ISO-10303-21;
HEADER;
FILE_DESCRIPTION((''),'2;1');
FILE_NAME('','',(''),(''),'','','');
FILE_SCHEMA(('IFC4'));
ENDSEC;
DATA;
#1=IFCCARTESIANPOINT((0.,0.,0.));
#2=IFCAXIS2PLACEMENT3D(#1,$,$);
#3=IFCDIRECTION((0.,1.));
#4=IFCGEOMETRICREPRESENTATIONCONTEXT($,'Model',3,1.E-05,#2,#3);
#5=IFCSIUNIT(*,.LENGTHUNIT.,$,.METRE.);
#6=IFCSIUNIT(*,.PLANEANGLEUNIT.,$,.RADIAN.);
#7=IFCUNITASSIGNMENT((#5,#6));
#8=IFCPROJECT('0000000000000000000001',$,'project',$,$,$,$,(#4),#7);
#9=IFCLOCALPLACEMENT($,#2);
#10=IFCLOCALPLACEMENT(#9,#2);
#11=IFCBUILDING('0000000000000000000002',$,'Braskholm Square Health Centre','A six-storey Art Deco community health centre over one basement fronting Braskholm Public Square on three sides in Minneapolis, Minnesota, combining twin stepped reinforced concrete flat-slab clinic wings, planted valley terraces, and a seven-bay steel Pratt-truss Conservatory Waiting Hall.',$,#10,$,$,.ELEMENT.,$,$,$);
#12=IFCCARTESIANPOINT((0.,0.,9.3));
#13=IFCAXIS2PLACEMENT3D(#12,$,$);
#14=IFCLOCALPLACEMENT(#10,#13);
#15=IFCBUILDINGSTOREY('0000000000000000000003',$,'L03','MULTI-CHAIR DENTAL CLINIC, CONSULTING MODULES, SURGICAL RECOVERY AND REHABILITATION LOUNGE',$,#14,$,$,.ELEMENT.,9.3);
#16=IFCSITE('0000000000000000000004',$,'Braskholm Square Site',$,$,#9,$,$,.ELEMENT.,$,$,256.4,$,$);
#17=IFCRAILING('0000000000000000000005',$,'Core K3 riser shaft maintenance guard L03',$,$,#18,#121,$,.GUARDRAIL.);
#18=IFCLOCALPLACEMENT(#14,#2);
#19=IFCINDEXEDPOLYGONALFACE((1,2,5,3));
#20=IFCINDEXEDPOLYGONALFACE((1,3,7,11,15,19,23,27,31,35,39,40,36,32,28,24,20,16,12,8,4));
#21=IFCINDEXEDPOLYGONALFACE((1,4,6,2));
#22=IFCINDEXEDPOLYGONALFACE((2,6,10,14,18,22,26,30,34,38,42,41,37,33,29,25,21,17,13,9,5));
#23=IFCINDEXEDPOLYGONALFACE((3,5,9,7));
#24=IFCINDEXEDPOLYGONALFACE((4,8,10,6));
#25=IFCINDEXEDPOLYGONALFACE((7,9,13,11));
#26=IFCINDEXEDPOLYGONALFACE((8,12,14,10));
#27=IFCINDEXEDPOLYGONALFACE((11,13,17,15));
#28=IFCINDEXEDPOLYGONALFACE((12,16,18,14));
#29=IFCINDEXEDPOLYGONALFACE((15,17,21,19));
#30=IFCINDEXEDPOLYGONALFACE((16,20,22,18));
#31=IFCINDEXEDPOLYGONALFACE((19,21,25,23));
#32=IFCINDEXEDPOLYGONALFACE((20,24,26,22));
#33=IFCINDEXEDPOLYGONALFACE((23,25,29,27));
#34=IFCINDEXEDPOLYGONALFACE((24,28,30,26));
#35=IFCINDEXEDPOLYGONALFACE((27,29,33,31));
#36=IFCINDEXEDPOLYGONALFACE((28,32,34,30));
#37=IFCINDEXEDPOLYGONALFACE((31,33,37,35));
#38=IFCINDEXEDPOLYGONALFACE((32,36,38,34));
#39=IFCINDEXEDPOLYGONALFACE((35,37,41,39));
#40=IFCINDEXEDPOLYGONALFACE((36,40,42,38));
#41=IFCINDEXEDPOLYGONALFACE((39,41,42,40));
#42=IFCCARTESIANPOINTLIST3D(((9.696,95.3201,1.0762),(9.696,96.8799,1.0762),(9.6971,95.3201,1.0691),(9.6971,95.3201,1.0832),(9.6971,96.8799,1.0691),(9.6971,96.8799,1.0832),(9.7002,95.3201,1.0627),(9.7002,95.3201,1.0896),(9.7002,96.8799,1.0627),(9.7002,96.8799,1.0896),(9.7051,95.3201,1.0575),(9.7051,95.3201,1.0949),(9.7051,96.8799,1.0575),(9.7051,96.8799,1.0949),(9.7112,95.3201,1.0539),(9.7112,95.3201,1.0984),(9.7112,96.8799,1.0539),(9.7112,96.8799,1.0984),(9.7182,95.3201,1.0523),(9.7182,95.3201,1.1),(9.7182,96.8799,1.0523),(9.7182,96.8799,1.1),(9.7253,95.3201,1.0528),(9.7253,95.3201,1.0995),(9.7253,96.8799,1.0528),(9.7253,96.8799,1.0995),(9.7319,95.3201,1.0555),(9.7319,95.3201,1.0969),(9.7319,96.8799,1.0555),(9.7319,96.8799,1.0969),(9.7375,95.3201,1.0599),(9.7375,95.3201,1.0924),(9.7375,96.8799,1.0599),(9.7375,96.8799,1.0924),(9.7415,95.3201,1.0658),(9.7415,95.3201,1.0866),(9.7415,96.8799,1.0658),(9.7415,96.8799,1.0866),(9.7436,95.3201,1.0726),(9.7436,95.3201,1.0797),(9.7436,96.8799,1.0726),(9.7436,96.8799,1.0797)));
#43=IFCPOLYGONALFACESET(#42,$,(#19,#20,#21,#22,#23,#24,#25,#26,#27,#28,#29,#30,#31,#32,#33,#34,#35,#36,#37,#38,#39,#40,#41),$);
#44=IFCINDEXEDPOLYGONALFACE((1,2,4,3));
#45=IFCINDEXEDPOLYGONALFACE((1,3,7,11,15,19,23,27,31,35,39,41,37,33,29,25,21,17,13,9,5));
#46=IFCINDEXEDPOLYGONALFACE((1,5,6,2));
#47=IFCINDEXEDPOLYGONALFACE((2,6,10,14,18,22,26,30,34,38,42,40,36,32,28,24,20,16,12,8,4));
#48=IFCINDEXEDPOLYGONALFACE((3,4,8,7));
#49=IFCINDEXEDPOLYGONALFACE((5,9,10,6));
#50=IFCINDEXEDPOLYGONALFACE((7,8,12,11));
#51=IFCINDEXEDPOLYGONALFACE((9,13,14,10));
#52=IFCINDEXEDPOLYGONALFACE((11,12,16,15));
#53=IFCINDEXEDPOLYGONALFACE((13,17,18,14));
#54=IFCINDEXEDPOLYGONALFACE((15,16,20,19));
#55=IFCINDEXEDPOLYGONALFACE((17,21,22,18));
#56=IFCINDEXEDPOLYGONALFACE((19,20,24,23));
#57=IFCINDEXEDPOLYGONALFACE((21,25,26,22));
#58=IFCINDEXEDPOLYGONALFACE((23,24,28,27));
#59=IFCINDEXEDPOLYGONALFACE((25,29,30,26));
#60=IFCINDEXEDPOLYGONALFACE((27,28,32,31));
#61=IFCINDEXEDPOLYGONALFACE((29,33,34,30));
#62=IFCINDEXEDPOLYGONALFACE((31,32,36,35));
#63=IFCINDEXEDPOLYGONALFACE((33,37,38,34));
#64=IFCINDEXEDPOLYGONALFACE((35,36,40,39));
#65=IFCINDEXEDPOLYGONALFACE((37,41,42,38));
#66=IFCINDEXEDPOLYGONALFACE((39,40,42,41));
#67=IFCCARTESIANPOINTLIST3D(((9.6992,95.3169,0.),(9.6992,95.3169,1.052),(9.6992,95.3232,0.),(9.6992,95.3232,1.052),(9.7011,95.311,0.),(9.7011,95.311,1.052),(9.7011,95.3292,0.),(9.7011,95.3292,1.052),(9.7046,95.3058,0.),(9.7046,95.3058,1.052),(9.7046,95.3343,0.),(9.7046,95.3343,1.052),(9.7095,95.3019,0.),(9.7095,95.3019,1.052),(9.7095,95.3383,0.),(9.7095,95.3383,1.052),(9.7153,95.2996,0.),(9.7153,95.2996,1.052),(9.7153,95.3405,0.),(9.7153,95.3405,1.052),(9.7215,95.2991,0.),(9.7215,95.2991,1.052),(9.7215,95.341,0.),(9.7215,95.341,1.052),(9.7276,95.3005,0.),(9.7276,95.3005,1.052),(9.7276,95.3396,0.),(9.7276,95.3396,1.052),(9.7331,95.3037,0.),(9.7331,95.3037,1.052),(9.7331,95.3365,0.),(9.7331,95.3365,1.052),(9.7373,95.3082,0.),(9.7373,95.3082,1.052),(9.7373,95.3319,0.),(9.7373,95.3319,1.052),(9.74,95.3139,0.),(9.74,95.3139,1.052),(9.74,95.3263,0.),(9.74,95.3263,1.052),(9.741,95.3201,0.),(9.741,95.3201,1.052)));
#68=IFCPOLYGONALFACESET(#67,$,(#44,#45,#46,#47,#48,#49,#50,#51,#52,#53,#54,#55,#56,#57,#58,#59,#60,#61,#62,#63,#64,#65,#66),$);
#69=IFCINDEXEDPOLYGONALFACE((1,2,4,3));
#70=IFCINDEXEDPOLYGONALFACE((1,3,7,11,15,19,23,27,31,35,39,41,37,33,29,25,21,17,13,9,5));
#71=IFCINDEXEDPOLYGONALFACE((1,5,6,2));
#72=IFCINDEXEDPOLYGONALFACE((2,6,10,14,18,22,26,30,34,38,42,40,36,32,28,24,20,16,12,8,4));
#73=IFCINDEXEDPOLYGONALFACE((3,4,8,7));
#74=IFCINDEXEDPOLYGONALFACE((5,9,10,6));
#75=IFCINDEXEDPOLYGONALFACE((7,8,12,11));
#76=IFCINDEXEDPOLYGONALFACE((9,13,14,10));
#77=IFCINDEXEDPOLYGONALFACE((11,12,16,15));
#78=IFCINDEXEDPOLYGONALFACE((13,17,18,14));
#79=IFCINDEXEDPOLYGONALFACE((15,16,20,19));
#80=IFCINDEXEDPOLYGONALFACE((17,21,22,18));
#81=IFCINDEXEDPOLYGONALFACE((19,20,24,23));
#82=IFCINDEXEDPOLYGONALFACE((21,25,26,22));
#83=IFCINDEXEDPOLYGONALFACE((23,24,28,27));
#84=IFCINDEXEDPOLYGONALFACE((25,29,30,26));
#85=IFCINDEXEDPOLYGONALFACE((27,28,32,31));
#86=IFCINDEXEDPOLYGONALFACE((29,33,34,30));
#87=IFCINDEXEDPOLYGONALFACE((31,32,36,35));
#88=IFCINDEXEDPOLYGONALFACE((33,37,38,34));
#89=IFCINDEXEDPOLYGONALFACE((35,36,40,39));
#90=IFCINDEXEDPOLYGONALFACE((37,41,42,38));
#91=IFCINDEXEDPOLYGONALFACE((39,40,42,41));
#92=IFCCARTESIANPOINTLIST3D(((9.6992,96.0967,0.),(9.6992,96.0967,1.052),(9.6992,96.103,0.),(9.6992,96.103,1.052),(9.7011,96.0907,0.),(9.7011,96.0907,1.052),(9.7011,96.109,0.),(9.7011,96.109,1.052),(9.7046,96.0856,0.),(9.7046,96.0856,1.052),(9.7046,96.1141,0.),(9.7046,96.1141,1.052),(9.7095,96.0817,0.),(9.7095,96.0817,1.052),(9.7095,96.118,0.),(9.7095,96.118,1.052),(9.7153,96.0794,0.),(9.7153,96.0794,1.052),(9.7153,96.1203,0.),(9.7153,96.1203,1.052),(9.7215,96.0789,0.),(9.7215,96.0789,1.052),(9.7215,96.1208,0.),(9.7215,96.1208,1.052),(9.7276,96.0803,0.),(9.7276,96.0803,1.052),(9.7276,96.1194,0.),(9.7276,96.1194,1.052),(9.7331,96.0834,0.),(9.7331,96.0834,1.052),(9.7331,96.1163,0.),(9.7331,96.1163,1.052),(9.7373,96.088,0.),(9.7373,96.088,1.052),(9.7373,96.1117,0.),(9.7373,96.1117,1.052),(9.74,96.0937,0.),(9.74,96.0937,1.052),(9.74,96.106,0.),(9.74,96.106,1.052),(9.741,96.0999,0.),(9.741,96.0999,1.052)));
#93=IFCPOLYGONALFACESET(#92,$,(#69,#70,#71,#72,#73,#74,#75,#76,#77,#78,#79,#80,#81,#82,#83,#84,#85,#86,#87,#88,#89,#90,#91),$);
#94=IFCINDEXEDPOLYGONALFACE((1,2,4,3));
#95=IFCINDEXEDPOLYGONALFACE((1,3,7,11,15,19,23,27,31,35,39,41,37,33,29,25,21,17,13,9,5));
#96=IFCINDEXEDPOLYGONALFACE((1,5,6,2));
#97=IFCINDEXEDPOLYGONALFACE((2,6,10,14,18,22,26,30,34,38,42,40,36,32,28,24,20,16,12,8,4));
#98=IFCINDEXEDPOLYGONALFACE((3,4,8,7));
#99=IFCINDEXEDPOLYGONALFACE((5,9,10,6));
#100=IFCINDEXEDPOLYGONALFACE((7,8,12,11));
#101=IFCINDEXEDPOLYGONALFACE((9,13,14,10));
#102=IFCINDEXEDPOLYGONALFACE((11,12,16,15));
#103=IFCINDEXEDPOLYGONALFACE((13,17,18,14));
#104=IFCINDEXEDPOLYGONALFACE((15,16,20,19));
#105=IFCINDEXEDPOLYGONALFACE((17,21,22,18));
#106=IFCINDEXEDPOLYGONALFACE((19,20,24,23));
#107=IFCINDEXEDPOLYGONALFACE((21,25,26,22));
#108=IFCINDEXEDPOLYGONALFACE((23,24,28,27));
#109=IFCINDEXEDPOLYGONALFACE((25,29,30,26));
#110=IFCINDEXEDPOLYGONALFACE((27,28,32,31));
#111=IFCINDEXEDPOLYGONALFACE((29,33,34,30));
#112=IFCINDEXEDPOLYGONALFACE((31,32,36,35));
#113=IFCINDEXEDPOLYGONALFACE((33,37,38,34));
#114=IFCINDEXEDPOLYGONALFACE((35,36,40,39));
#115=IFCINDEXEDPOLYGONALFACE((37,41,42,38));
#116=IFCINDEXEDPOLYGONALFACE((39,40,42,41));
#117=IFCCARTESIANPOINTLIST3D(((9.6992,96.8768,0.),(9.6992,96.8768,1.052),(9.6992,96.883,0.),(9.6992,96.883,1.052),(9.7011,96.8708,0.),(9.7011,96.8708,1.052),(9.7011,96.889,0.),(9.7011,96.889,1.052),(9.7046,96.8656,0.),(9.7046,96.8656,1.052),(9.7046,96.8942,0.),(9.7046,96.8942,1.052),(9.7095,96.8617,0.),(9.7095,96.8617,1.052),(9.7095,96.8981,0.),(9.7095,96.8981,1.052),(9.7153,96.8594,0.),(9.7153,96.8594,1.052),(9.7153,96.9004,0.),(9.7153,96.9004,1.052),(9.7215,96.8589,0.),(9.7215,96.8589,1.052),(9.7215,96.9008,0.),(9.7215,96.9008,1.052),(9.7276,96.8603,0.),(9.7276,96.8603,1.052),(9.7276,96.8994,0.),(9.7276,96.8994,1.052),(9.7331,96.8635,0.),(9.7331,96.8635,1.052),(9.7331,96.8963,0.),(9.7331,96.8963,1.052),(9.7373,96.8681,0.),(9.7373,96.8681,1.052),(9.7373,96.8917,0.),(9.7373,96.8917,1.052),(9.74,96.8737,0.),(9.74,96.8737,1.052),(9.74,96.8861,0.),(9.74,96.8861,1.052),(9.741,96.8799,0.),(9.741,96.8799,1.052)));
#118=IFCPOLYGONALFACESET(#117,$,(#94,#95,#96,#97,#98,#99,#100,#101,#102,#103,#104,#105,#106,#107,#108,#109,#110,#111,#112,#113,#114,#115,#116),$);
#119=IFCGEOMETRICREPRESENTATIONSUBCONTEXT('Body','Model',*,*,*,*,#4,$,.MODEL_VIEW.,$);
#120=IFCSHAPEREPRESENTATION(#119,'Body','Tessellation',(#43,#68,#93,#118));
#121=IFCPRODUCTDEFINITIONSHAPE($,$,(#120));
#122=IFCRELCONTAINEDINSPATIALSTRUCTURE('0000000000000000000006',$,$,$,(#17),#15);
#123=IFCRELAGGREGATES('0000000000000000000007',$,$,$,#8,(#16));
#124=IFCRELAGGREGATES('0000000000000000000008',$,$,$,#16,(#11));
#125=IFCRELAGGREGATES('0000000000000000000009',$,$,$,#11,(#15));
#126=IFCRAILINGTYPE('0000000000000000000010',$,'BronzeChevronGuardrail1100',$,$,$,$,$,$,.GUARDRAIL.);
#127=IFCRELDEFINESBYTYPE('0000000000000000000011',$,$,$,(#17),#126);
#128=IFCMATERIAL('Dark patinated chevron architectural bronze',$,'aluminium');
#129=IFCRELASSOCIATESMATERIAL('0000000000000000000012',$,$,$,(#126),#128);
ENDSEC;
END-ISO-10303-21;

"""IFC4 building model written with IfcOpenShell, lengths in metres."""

from ifc_helpers import new_model, si_unit, direction, frame, origin, origin_2d, place, context, subcontext, project, spatial, circle, extrude, material, type_object, element, save


model = new_model("IFC4")

# Units and contexts
model_context = context("Model", 3, precision=1e-05, world=origin(), true_north=direction((0.0, 1.0)))
body_context = subcontext(model_context, "Body", "Model", "MODEL_VIEW")
ifc_project = project(units=[si_unit("LENGTHUNIT", "METRE"), si_unit("PLANEANGLEUNIT", "RADIAN")], contexts=[model_context])

# Site, building, storey
site_placement = place(None, origin())
site = spatial("IfcSite", under=ifc_project, at=site_placement, Name="Braskholm Square Site", CompositionType="ELEMENT", RefElevation=256.4)
building_placement = place(site_placement, origin())
building = spatial("IfcBuilding", under=site, at=building_placement, Name="Braskholm Square Health Centre", Description="A six-storey Art Deco community health centre over one basement fronting Braskholm Public Square on three sides in Minneapolis, Minnesota, combining twin stepped reinforced concrete flat-slab clinic wings, planted valley terraces, and a seven-bay steel Pratt-truss Conservatory Waiting Hall.", CompositionType="ELEMENT")
storey_placement = place(building_placement, frame((0.0, 0.0, 9.3)))
storey = spatial("IfcBuildingStorey", under=building, at=storey_placement, Name="L03", Description="MULTI-CHAIR DENTAL CLINIC, CONSULTING MODULES, SURGICAL RECOVERY AND REHABILITATION LOUNGE", CompositionType="ELEMENT", Elevation=9.3)

# Railing
ifc_material_1 = material(Name="Dark patinated chevron architectural bronze", Category="aluminium")
railing_type = type_object("IfcRailingType", Name="BronzeChevronGuardrail1100", PredefinedType="GUARDRAIL", material=ifc_material_1)
railing_1_placement = place(storey_placement, frame((9.72, 95.3201, 0.0)))
element("IfcRailing", 1, at=railing_1_placement, inside=storey, type_object=railing_type, Name="Core K3 riser shaft maintenance guard L03", PredefinedType="GUARDRAIL", context=body_context, shape_type="SweptSolid", body=[
    extrude(circle(Radius=0.0239, at=origin_2d()), frame((0.0, 0.0, 1.0762), z_axis=(0.0, 1.0, 0.0), x_axis=(-1.0, 0.0, 0.0)), (0.0, 0.0, 1.0), 1.5598),
    extrude(circle(Radius=0.021, at=origin_2d()), origin(), (0.0, 0.0, 1.0), 1.052),
    extrude(circle(Radius=0.021, at=origin_2d()), frame((0.0, 0.7798, 0.0)), (0.0, 0.0, 1.0), 1.052),
    extrude(circle(Radius=0.021, at=origin_2d()), frame((0.0, 1.5598, 0.0)), (0.0, 0.0, 1.0), 1.052),
])

save(model, "model.ifc")
